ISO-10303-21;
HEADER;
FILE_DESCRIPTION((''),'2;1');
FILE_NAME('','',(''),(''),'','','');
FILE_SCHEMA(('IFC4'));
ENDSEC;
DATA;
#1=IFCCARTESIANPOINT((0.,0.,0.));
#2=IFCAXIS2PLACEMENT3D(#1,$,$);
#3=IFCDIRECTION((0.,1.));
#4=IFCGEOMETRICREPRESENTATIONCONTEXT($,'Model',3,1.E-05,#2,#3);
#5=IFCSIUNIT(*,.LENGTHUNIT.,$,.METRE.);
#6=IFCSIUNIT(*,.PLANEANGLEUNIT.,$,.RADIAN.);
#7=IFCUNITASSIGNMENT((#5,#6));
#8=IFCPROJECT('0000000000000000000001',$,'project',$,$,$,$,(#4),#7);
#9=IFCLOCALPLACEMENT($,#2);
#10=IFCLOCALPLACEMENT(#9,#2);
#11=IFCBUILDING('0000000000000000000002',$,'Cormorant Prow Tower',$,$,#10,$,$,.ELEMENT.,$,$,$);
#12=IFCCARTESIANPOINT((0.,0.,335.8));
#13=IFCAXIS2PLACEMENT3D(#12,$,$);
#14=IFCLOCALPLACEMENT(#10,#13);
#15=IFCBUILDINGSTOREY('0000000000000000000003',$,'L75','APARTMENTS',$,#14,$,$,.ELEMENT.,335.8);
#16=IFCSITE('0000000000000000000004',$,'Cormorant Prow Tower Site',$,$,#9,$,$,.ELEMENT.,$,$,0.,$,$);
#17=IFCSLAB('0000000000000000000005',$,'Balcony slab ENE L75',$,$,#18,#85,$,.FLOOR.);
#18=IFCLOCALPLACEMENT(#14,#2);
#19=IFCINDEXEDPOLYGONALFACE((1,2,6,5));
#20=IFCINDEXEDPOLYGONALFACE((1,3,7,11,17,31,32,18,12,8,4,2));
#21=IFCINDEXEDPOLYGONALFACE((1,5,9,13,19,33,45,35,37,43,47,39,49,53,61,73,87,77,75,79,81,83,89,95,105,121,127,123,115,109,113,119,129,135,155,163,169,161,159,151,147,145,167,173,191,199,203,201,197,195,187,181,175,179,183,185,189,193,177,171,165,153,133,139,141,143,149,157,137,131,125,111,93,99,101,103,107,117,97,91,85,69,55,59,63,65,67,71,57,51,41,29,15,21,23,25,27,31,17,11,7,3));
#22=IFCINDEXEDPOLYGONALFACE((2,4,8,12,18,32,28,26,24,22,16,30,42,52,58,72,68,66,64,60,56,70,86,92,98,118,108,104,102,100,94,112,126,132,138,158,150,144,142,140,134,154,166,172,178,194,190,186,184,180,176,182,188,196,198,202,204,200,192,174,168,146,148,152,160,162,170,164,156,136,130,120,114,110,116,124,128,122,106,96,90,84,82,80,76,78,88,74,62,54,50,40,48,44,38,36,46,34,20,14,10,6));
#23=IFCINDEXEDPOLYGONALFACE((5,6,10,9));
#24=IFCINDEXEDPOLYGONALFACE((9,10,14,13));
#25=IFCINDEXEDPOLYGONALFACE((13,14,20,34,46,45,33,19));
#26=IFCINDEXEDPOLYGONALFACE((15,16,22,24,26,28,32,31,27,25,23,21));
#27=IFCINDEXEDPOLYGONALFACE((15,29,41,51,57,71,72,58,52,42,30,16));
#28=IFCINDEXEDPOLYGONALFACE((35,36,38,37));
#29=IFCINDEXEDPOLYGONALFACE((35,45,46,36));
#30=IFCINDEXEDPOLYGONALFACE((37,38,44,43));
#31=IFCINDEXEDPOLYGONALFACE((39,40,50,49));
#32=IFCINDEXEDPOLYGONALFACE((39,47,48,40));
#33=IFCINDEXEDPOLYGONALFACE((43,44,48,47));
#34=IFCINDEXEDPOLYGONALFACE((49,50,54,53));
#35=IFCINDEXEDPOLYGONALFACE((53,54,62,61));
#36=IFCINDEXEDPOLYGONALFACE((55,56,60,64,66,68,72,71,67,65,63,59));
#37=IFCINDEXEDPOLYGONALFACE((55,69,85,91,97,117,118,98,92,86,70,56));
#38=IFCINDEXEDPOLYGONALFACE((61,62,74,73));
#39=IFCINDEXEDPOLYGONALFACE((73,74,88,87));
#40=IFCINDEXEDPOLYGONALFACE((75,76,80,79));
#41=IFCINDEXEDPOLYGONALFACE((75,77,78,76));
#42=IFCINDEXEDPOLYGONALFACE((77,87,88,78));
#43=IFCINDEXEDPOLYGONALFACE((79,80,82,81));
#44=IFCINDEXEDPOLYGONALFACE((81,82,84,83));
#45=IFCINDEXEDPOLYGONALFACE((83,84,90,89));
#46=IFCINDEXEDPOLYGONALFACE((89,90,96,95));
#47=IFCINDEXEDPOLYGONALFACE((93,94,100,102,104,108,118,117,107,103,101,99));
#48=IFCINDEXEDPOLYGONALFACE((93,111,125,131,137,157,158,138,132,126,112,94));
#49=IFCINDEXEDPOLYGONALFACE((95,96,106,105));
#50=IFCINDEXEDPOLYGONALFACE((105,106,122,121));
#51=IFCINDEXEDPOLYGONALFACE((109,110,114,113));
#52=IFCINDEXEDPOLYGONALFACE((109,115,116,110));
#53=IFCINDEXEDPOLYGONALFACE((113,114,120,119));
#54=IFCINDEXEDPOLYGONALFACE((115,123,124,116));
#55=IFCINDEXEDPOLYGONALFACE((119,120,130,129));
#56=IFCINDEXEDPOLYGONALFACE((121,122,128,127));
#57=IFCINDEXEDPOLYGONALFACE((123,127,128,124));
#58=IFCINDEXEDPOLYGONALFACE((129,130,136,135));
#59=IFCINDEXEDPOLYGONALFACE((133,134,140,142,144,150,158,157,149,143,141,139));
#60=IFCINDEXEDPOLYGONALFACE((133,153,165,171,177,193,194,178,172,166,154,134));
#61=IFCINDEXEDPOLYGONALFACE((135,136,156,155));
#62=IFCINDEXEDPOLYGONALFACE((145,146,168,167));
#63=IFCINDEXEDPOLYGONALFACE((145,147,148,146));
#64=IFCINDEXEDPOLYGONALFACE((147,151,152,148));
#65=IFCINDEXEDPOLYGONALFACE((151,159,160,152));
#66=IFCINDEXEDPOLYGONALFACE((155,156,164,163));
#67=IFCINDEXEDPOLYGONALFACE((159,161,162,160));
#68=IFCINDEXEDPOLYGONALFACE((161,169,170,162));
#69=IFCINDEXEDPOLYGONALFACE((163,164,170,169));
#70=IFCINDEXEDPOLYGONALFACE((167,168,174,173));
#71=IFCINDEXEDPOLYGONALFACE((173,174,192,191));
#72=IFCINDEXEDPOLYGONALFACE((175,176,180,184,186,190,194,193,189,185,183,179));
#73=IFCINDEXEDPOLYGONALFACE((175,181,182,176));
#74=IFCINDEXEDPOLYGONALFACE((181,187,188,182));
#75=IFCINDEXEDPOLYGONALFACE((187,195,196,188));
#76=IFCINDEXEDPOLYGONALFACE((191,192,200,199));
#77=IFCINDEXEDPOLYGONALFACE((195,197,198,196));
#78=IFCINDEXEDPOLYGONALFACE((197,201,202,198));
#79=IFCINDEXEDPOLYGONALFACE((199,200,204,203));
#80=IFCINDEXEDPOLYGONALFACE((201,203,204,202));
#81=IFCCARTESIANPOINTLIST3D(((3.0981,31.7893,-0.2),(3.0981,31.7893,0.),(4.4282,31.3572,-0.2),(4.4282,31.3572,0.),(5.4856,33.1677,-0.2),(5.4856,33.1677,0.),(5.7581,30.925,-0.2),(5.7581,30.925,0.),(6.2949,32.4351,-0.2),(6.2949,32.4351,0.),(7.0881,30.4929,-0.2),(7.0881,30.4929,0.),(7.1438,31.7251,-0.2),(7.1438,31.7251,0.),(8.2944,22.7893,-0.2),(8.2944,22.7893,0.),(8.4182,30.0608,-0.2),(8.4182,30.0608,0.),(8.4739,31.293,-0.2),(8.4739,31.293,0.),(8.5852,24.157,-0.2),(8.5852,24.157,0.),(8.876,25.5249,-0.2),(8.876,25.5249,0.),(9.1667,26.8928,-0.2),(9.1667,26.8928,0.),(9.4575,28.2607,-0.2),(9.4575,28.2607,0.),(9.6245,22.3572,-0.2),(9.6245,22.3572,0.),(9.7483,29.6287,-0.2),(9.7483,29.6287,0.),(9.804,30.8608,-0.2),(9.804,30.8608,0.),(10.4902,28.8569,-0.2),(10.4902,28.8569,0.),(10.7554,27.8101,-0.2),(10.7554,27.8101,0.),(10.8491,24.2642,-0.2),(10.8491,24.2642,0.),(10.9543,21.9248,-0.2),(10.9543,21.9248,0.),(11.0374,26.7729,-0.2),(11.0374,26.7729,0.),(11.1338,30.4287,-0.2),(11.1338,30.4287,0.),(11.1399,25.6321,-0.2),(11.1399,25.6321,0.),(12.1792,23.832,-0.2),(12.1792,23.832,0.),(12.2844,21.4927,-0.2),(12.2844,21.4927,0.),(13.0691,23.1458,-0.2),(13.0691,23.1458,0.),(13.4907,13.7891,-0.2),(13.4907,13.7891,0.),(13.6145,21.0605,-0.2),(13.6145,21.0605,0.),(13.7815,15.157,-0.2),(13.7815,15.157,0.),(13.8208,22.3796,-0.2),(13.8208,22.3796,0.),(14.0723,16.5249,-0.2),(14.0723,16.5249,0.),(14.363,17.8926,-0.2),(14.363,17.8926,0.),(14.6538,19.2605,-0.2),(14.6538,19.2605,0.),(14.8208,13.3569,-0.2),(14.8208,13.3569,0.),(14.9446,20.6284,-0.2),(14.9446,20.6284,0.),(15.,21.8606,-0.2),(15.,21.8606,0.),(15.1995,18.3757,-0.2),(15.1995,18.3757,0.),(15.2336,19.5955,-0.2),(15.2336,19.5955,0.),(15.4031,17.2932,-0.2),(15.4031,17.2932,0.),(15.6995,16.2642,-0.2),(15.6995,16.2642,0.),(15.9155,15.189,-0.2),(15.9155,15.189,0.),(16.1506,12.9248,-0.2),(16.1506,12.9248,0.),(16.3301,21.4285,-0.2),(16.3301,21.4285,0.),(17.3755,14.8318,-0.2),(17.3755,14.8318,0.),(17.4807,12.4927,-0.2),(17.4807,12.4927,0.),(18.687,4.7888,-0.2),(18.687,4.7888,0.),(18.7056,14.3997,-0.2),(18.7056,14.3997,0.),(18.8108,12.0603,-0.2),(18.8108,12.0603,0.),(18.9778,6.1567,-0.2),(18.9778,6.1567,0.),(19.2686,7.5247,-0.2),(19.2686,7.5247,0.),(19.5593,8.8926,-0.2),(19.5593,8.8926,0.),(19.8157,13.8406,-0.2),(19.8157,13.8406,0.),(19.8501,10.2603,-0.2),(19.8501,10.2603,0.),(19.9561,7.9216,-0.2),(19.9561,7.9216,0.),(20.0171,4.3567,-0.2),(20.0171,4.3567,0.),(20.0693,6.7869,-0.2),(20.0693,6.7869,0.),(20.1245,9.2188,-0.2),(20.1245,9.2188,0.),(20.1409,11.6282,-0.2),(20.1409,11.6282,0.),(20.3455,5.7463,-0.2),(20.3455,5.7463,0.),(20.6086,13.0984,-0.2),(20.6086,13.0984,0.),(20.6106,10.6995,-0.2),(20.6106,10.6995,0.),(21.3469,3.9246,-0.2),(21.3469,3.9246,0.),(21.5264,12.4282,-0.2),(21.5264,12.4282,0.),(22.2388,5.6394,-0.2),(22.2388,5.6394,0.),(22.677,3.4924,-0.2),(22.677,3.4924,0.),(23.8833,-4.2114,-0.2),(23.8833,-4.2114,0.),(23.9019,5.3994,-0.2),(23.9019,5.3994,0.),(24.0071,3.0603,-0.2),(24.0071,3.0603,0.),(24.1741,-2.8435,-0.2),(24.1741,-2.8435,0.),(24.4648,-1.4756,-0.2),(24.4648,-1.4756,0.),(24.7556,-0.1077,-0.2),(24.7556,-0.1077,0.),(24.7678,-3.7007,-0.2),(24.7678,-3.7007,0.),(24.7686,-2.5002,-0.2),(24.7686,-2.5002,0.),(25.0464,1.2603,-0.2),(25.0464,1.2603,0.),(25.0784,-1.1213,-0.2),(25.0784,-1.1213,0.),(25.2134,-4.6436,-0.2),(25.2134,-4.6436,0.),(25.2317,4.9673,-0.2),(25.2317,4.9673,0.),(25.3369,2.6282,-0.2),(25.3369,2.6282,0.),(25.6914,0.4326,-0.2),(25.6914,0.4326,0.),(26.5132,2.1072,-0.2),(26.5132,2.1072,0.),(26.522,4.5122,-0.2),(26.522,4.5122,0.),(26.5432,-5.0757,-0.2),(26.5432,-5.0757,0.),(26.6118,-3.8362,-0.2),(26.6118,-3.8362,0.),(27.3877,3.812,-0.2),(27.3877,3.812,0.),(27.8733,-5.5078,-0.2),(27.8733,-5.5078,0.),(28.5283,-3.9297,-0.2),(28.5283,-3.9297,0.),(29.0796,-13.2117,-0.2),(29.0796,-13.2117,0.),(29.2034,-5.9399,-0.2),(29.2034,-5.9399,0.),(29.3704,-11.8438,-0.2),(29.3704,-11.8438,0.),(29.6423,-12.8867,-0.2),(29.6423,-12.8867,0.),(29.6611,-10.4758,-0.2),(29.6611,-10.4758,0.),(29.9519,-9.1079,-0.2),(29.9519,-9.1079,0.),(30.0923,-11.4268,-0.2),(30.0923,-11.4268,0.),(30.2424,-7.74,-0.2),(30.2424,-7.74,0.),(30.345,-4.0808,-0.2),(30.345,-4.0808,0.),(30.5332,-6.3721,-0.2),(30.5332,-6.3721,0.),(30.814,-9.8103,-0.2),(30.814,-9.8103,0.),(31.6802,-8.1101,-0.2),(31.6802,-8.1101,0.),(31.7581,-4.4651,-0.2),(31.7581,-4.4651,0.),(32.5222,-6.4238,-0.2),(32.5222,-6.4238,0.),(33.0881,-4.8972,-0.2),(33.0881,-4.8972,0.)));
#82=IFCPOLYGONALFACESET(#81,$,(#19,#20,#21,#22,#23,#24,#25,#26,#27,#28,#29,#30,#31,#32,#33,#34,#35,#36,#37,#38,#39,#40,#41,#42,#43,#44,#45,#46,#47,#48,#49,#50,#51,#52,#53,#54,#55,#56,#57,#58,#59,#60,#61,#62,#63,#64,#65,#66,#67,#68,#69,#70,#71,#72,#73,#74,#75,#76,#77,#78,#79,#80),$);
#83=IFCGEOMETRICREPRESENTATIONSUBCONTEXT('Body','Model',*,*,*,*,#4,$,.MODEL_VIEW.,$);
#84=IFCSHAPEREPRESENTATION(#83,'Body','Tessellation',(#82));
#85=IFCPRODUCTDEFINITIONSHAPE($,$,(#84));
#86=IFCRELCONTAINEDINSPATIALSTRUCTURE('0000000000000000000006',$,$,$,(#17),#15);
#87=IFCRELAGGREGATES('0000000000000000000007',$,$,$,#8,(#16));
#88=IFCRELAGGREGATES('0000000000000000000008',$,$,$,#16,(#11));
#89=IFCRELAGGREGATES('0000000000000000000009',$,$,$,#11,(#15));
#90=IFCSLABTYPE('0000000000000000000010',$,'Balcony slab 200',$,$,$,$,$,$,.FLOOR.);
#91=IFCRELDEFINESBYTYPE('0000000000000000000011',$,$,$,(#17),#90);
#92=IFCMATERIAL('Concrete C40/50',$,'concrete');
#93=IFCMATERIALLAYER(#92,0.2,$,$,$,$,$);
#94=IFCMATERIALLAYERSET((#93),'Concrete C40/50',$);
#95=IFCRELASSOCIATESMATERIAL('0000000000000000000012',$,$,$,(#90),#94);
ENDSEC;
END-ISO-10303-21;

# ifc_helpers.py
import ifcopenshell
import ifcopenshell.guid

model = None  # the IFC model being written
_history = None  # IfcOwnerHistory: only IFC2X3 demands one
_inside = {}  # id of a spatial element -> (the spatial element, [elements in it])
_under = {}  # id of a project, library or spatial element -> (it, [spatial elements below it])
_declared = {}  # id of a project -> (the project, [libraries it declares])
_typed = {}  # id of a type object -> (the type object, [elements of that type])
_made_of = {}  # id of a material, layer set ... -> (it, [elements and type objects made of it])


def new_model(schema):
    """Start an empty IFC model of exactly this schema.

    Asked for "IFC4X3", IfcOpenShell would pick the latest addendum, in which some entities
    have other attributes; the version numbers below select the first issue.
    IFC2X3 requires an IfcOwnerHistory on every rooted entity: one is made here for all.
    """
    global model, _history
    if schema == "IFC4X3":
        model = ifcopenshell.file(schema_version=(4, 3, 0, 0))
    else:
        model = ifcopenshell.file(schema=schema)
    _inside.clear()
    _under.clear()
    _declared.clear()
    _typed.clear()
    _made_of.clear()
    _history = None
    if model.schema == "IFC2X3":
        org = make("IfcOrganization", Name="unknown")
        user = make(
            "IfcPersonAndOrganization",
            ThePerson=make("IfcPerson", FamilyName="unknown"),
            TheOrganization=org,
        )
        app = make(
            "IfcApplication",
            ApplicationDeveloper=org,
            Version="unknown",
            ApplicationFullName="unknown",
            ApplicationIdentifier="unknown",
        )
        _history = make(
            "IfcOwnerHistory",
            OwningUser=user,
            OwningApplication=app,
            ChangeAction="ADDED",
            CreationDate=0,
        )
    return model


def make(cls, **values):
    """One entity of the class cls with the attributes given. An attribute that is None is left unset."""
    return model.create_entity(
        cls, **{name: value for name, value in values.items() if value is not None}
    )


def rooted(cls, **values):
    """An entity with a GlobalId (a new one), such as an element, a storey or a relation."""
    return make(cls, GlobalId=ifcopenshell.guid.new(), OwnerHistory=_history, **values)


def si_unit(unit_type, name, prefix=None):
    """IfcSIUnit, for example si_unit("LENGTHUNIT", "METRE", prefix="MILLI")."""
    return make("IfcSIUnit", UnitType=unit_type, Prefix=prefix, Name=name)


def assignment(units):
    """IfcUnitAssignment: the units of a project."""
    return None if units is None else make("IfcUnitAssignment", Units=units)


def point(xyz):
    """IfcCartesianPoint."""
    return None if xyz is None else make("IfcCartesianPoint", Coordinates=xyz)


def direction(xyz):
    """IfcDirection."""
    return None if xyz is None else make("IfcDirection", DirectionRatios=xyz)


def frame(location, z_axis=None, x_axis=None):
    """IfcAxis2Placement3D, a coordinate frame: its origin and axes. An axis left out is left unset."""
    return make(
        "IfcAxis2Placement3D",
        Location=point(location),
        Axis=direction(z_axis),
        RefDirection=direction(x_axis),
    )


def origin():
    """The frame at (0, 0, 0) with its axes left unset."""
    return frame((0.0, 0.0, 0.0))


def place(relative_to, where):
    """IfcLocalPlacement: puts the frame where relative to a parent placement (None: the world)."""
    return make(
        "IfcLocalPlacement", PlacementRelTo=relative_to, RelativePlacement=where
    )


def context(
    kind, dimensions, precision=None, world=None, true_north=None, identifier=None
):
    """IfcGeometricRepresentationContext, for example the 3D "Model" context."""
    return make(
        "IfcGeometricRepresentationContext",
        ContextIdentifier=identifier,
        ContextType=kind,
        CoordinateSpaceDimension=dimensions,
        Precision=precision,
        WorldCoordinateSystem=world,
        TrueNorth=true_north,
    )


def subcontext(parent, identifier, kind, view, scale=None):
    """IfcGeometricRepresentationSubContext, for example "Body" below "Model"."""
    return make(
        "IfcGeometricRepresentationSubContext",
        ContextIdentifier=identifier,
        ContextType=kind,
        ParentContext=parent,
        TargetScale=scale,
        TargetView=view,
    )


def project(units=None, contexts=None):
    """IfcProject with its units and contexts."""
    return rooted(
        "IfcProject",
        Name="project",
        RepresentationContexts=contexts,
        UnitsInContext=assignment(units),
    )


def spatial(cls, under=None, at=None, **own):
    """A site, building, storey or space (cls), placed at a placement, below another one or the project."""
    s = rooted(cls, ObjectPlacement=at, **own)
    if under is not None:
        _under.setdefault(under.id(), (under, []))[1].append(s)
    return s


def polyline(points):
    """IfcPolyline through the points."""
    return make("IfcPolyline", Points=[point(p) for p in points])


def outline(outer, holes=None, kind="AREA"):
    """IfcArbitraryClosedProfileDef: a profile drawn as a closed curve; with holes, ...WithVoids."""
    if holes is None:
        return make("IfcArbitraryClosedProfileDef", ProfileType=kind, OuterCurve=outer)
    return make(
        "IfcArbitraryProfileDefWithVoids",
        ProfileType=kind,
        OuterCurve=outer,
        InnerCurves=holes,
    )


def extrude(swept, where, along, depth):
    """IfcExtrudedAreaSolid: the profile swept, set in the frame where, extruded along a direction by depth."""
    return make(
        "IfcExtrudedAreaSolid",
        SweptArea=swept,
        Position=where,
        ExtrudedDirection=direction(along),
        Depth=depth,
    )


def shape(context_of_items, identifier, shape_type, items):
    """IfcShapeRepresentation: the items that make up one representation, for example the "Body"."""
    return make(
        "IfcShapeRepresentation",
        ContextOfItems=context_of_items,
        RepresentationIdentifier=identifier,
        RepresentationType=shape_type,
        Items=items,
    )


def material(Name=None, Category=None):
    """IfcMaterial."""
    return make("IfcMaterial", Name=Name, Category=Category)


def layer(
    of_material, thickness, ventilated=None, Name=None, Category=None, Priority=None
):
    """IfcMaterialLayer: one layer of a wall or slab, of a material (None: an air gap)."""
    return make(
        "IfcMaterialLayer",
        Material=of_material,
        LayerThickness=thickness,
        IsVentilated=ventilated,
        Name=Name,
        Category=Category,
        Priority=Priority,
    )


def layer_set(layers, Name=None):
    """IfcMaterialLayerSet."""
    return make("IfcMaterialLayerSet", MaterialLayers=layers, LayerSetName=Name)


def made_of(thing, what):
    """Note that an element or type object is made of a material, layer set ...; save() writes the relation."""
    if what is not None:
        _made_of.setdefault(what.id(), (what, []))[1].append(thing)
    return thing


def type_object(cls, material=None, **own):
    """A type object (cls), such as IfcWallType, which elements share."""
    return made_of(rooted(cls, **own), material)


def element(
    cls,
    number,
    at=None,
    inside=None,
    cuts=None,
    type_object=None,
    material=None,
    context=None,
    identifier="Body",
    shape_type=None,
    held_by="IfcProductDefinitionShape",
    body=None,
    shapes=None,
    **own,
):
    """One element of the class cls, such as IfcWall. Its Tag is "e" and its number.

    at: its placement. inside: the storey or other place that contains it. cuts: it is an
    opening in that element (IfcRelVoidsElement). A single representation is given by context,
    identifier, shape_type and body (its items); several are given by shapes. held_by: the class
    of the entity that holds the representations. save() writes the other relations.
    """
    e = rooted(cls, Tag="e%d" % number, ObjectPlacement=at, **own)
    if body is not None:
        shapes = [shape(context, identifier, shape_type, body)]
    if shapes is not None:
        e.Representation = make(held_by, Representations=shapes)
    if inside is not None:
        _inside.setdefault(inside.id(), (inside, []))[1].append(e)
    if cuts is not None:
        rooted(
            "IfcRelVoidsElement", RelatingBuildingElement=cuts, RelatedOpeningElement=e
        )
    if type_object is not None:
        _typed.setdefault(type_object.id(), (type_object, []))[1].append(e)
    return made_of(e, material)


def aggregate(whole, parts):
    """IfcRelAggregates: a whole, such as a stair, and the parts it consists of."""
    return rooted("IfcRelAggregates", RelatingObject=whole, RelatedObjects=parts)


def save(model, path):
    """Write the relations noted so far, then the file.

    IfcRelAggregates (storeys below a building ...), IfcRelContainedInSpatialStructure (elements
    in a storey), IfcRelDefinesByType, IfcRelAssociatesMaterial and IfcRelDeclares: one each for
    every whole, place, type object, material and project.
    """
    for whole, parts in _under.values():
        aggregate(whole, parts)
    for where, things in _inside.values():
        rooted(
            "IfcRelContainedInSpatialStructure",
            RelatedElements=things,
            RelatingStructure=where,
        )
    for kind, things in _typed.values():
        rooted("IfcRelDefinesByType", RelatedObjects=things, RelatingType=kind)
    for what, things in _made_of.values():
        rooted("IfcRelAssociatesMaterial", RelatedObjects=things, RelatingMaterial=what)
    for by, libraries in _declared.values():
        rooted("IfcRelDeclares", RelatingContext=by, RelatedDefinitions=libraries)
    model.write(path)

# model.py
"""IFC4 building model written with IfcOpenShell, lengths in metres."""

from ifc_helpers import new_model, si_unit, direction, frame, origin, place, context, subcontext, project, spatial, polyline, outline, extrude, material, layer, layer_set, type_object, element, save


model = new_model("IFC4")

# Units and contexts
model_context = context("Model", 3, precision=1e-05, world=origin(), true_north=direction((0.0, 1.0)))
body_context = subcontext(model_context, "Body", "Model", "MODEL_VIEW")
ifc_project = project(units=[si_unit("LENGTHUNIT", "METRE"), si_unit("PLANEANGLEUNIT", "RADIAN")], contexts=[model_context])

# Site, building, storey
site_placement = place(None, origin())
site = spatial("IfcSite", under=ifc_project, at=site_placement, Name="Cormorant Prow Tower Site", CompositionType="ELEMENT", RefElevation=0.0)
building_placement = place(site_placement, origin())
building = spatial("IfcBuilding", under=site, at=building_placement, Name="Cormorant Prow Tower", CompositionType="ELEMENT")
storey_placement = place(building_placement, frame((0.0, 0.0, 335.8)))
storey = spatial("IfcBuildingStorey", under=building, at=storey_placement, Name="L75", Description="APARTMENTS", CompositionType="ELEMENT", Elevation=335.8)

# Slab
ifc_material_1 = material(Name="Concrete C40/50", Category="concrete")
ifc_layer_1 = layer(ifc_material_1, 0.2)
ifc_layer_set_1 = layer_set([ifc_layer_1], Name="Concrete C40/50")
slab_type_1 = type_object("IfcSlabType", Name="Balcony slab 200", PredefinedType="FLOOR", material=ifc_layer_set_1)
slab_1_placement = place(storey_placement, frame((0.0, 0.0, -0.2)))
element("IfcSlab", 1, at=slab_1_placement, inside=storey, type_object=slab_type_1, Name="Balcony slab ENE L75", PredefinedType="FLOOR", context=body_context, shape_type="SweptSolid", body=[
    extrude(outline(polyline([(29.0796, -13.2117), (29.6423, -12.8867), (30.0923, -11.4268), (30.814, -9.8103), (31.6802, -8.1101), (32.5222, -6.4238), (33.0881, -4.8972), (31.7581, -4.4651), (30.345, -4.0808), (28.5283, -3.9297), (26.6118, -3.8362), (24.7678, -3.7007), (24.7686, -2.5002), (25.0784, -1.1213), (25.6914, 0.4326), (26.5132, 2.1072), (27.3877, 3.812), (26.522, 4.5122), (25.2317, 4.9673), (23.9019, 5.3994), (22.2388, 5.6394), (20.3455, 5.7463), (20.0693, 6.7869), (19.9561, 7.9216), (20.1245, 9.2188), (20.6106, 10.6995), (21.5264, 12.4282), (20.6086, 13.0984), (19.8157, 13.8406), (18.7056, 14.3997), (17.3755, 14.8318), (15.9155, 15.189), (15.6995, 16.2642), (15.4031, 17.2932), (15.1995, 18.3757), (15.2336, 19.5955), (16.3301, 21.4285), (15.0, 21.8606), (13.8208, 22.3796), (13.0691, 23.1458), (12.1792, 23.832), (10.8491, 24.2642), (11.1399, 25.6321), (11.0374, 26.7729), (10.7554, 27.8101), (10.4902, 28.8569), (11.1338, 30.4287), (9.804, 30.8608), (8.4739, 31.293), (7.1438, 31.7251), (6.2949, 32.4351), (5.4856, 33.1677), (3.0981, 31.7893), (4.4282, 31.3572), (5.7581, 30.925), (7.0881, 30.4929), (8.4182, 30.0608), (9.7483, 29.6287), (9.4575, 28.2607), (9.1667, 26.8928), (8.876, 25.5249), (8.5852, 24.157), (8.2944, 22.7893), (9.6245, 22.3572), (10.9543, 21.9248), (12.2844, 21.4927), (13.6145, 21.0605), (14.9446, 20.6284), (14.6538, 19.2605), (14.363, 17.8926), (14.0723, 16.5249), (13.7815, 15.157), (13.4907, 13.7891), (14.8208, 13.3569), (16.1506, 12.9248), (17.4807, 12.4927), (18.8108, 12.0603), (20.1409, 11.6282), (19.8501, 10.2603), (19.5593, 8.8926), (19.2686, 7.5247), (18.9778, 6.1567), (18.687, 4.7888), (20.0171, 4.3567), (21.3469, 3.9246), (22.677, 3.4924), (24.0071, 3.0603), (25.3369, 2.6282), (25.0464, 1.2603), (24.7556, -0.1077), (24.4648, -1.4756), (24.1741, -2.8435), (23.8833, -4.2114), (25.2134, -4.6436), (26.5432, -5.0757), (27.8733, -5.5078), (29.2034, -5.9399), (30.5332, -6.3721), (30.2424, -7.74), (29.9519, -9.1079), (29.6611, -10.4758), (29.3704, -11.8438), (29.0796, -13.2117)])), origin(), (0.0, 0.0, 1.0), 0.2),
])

save(model, "model.ifc")
